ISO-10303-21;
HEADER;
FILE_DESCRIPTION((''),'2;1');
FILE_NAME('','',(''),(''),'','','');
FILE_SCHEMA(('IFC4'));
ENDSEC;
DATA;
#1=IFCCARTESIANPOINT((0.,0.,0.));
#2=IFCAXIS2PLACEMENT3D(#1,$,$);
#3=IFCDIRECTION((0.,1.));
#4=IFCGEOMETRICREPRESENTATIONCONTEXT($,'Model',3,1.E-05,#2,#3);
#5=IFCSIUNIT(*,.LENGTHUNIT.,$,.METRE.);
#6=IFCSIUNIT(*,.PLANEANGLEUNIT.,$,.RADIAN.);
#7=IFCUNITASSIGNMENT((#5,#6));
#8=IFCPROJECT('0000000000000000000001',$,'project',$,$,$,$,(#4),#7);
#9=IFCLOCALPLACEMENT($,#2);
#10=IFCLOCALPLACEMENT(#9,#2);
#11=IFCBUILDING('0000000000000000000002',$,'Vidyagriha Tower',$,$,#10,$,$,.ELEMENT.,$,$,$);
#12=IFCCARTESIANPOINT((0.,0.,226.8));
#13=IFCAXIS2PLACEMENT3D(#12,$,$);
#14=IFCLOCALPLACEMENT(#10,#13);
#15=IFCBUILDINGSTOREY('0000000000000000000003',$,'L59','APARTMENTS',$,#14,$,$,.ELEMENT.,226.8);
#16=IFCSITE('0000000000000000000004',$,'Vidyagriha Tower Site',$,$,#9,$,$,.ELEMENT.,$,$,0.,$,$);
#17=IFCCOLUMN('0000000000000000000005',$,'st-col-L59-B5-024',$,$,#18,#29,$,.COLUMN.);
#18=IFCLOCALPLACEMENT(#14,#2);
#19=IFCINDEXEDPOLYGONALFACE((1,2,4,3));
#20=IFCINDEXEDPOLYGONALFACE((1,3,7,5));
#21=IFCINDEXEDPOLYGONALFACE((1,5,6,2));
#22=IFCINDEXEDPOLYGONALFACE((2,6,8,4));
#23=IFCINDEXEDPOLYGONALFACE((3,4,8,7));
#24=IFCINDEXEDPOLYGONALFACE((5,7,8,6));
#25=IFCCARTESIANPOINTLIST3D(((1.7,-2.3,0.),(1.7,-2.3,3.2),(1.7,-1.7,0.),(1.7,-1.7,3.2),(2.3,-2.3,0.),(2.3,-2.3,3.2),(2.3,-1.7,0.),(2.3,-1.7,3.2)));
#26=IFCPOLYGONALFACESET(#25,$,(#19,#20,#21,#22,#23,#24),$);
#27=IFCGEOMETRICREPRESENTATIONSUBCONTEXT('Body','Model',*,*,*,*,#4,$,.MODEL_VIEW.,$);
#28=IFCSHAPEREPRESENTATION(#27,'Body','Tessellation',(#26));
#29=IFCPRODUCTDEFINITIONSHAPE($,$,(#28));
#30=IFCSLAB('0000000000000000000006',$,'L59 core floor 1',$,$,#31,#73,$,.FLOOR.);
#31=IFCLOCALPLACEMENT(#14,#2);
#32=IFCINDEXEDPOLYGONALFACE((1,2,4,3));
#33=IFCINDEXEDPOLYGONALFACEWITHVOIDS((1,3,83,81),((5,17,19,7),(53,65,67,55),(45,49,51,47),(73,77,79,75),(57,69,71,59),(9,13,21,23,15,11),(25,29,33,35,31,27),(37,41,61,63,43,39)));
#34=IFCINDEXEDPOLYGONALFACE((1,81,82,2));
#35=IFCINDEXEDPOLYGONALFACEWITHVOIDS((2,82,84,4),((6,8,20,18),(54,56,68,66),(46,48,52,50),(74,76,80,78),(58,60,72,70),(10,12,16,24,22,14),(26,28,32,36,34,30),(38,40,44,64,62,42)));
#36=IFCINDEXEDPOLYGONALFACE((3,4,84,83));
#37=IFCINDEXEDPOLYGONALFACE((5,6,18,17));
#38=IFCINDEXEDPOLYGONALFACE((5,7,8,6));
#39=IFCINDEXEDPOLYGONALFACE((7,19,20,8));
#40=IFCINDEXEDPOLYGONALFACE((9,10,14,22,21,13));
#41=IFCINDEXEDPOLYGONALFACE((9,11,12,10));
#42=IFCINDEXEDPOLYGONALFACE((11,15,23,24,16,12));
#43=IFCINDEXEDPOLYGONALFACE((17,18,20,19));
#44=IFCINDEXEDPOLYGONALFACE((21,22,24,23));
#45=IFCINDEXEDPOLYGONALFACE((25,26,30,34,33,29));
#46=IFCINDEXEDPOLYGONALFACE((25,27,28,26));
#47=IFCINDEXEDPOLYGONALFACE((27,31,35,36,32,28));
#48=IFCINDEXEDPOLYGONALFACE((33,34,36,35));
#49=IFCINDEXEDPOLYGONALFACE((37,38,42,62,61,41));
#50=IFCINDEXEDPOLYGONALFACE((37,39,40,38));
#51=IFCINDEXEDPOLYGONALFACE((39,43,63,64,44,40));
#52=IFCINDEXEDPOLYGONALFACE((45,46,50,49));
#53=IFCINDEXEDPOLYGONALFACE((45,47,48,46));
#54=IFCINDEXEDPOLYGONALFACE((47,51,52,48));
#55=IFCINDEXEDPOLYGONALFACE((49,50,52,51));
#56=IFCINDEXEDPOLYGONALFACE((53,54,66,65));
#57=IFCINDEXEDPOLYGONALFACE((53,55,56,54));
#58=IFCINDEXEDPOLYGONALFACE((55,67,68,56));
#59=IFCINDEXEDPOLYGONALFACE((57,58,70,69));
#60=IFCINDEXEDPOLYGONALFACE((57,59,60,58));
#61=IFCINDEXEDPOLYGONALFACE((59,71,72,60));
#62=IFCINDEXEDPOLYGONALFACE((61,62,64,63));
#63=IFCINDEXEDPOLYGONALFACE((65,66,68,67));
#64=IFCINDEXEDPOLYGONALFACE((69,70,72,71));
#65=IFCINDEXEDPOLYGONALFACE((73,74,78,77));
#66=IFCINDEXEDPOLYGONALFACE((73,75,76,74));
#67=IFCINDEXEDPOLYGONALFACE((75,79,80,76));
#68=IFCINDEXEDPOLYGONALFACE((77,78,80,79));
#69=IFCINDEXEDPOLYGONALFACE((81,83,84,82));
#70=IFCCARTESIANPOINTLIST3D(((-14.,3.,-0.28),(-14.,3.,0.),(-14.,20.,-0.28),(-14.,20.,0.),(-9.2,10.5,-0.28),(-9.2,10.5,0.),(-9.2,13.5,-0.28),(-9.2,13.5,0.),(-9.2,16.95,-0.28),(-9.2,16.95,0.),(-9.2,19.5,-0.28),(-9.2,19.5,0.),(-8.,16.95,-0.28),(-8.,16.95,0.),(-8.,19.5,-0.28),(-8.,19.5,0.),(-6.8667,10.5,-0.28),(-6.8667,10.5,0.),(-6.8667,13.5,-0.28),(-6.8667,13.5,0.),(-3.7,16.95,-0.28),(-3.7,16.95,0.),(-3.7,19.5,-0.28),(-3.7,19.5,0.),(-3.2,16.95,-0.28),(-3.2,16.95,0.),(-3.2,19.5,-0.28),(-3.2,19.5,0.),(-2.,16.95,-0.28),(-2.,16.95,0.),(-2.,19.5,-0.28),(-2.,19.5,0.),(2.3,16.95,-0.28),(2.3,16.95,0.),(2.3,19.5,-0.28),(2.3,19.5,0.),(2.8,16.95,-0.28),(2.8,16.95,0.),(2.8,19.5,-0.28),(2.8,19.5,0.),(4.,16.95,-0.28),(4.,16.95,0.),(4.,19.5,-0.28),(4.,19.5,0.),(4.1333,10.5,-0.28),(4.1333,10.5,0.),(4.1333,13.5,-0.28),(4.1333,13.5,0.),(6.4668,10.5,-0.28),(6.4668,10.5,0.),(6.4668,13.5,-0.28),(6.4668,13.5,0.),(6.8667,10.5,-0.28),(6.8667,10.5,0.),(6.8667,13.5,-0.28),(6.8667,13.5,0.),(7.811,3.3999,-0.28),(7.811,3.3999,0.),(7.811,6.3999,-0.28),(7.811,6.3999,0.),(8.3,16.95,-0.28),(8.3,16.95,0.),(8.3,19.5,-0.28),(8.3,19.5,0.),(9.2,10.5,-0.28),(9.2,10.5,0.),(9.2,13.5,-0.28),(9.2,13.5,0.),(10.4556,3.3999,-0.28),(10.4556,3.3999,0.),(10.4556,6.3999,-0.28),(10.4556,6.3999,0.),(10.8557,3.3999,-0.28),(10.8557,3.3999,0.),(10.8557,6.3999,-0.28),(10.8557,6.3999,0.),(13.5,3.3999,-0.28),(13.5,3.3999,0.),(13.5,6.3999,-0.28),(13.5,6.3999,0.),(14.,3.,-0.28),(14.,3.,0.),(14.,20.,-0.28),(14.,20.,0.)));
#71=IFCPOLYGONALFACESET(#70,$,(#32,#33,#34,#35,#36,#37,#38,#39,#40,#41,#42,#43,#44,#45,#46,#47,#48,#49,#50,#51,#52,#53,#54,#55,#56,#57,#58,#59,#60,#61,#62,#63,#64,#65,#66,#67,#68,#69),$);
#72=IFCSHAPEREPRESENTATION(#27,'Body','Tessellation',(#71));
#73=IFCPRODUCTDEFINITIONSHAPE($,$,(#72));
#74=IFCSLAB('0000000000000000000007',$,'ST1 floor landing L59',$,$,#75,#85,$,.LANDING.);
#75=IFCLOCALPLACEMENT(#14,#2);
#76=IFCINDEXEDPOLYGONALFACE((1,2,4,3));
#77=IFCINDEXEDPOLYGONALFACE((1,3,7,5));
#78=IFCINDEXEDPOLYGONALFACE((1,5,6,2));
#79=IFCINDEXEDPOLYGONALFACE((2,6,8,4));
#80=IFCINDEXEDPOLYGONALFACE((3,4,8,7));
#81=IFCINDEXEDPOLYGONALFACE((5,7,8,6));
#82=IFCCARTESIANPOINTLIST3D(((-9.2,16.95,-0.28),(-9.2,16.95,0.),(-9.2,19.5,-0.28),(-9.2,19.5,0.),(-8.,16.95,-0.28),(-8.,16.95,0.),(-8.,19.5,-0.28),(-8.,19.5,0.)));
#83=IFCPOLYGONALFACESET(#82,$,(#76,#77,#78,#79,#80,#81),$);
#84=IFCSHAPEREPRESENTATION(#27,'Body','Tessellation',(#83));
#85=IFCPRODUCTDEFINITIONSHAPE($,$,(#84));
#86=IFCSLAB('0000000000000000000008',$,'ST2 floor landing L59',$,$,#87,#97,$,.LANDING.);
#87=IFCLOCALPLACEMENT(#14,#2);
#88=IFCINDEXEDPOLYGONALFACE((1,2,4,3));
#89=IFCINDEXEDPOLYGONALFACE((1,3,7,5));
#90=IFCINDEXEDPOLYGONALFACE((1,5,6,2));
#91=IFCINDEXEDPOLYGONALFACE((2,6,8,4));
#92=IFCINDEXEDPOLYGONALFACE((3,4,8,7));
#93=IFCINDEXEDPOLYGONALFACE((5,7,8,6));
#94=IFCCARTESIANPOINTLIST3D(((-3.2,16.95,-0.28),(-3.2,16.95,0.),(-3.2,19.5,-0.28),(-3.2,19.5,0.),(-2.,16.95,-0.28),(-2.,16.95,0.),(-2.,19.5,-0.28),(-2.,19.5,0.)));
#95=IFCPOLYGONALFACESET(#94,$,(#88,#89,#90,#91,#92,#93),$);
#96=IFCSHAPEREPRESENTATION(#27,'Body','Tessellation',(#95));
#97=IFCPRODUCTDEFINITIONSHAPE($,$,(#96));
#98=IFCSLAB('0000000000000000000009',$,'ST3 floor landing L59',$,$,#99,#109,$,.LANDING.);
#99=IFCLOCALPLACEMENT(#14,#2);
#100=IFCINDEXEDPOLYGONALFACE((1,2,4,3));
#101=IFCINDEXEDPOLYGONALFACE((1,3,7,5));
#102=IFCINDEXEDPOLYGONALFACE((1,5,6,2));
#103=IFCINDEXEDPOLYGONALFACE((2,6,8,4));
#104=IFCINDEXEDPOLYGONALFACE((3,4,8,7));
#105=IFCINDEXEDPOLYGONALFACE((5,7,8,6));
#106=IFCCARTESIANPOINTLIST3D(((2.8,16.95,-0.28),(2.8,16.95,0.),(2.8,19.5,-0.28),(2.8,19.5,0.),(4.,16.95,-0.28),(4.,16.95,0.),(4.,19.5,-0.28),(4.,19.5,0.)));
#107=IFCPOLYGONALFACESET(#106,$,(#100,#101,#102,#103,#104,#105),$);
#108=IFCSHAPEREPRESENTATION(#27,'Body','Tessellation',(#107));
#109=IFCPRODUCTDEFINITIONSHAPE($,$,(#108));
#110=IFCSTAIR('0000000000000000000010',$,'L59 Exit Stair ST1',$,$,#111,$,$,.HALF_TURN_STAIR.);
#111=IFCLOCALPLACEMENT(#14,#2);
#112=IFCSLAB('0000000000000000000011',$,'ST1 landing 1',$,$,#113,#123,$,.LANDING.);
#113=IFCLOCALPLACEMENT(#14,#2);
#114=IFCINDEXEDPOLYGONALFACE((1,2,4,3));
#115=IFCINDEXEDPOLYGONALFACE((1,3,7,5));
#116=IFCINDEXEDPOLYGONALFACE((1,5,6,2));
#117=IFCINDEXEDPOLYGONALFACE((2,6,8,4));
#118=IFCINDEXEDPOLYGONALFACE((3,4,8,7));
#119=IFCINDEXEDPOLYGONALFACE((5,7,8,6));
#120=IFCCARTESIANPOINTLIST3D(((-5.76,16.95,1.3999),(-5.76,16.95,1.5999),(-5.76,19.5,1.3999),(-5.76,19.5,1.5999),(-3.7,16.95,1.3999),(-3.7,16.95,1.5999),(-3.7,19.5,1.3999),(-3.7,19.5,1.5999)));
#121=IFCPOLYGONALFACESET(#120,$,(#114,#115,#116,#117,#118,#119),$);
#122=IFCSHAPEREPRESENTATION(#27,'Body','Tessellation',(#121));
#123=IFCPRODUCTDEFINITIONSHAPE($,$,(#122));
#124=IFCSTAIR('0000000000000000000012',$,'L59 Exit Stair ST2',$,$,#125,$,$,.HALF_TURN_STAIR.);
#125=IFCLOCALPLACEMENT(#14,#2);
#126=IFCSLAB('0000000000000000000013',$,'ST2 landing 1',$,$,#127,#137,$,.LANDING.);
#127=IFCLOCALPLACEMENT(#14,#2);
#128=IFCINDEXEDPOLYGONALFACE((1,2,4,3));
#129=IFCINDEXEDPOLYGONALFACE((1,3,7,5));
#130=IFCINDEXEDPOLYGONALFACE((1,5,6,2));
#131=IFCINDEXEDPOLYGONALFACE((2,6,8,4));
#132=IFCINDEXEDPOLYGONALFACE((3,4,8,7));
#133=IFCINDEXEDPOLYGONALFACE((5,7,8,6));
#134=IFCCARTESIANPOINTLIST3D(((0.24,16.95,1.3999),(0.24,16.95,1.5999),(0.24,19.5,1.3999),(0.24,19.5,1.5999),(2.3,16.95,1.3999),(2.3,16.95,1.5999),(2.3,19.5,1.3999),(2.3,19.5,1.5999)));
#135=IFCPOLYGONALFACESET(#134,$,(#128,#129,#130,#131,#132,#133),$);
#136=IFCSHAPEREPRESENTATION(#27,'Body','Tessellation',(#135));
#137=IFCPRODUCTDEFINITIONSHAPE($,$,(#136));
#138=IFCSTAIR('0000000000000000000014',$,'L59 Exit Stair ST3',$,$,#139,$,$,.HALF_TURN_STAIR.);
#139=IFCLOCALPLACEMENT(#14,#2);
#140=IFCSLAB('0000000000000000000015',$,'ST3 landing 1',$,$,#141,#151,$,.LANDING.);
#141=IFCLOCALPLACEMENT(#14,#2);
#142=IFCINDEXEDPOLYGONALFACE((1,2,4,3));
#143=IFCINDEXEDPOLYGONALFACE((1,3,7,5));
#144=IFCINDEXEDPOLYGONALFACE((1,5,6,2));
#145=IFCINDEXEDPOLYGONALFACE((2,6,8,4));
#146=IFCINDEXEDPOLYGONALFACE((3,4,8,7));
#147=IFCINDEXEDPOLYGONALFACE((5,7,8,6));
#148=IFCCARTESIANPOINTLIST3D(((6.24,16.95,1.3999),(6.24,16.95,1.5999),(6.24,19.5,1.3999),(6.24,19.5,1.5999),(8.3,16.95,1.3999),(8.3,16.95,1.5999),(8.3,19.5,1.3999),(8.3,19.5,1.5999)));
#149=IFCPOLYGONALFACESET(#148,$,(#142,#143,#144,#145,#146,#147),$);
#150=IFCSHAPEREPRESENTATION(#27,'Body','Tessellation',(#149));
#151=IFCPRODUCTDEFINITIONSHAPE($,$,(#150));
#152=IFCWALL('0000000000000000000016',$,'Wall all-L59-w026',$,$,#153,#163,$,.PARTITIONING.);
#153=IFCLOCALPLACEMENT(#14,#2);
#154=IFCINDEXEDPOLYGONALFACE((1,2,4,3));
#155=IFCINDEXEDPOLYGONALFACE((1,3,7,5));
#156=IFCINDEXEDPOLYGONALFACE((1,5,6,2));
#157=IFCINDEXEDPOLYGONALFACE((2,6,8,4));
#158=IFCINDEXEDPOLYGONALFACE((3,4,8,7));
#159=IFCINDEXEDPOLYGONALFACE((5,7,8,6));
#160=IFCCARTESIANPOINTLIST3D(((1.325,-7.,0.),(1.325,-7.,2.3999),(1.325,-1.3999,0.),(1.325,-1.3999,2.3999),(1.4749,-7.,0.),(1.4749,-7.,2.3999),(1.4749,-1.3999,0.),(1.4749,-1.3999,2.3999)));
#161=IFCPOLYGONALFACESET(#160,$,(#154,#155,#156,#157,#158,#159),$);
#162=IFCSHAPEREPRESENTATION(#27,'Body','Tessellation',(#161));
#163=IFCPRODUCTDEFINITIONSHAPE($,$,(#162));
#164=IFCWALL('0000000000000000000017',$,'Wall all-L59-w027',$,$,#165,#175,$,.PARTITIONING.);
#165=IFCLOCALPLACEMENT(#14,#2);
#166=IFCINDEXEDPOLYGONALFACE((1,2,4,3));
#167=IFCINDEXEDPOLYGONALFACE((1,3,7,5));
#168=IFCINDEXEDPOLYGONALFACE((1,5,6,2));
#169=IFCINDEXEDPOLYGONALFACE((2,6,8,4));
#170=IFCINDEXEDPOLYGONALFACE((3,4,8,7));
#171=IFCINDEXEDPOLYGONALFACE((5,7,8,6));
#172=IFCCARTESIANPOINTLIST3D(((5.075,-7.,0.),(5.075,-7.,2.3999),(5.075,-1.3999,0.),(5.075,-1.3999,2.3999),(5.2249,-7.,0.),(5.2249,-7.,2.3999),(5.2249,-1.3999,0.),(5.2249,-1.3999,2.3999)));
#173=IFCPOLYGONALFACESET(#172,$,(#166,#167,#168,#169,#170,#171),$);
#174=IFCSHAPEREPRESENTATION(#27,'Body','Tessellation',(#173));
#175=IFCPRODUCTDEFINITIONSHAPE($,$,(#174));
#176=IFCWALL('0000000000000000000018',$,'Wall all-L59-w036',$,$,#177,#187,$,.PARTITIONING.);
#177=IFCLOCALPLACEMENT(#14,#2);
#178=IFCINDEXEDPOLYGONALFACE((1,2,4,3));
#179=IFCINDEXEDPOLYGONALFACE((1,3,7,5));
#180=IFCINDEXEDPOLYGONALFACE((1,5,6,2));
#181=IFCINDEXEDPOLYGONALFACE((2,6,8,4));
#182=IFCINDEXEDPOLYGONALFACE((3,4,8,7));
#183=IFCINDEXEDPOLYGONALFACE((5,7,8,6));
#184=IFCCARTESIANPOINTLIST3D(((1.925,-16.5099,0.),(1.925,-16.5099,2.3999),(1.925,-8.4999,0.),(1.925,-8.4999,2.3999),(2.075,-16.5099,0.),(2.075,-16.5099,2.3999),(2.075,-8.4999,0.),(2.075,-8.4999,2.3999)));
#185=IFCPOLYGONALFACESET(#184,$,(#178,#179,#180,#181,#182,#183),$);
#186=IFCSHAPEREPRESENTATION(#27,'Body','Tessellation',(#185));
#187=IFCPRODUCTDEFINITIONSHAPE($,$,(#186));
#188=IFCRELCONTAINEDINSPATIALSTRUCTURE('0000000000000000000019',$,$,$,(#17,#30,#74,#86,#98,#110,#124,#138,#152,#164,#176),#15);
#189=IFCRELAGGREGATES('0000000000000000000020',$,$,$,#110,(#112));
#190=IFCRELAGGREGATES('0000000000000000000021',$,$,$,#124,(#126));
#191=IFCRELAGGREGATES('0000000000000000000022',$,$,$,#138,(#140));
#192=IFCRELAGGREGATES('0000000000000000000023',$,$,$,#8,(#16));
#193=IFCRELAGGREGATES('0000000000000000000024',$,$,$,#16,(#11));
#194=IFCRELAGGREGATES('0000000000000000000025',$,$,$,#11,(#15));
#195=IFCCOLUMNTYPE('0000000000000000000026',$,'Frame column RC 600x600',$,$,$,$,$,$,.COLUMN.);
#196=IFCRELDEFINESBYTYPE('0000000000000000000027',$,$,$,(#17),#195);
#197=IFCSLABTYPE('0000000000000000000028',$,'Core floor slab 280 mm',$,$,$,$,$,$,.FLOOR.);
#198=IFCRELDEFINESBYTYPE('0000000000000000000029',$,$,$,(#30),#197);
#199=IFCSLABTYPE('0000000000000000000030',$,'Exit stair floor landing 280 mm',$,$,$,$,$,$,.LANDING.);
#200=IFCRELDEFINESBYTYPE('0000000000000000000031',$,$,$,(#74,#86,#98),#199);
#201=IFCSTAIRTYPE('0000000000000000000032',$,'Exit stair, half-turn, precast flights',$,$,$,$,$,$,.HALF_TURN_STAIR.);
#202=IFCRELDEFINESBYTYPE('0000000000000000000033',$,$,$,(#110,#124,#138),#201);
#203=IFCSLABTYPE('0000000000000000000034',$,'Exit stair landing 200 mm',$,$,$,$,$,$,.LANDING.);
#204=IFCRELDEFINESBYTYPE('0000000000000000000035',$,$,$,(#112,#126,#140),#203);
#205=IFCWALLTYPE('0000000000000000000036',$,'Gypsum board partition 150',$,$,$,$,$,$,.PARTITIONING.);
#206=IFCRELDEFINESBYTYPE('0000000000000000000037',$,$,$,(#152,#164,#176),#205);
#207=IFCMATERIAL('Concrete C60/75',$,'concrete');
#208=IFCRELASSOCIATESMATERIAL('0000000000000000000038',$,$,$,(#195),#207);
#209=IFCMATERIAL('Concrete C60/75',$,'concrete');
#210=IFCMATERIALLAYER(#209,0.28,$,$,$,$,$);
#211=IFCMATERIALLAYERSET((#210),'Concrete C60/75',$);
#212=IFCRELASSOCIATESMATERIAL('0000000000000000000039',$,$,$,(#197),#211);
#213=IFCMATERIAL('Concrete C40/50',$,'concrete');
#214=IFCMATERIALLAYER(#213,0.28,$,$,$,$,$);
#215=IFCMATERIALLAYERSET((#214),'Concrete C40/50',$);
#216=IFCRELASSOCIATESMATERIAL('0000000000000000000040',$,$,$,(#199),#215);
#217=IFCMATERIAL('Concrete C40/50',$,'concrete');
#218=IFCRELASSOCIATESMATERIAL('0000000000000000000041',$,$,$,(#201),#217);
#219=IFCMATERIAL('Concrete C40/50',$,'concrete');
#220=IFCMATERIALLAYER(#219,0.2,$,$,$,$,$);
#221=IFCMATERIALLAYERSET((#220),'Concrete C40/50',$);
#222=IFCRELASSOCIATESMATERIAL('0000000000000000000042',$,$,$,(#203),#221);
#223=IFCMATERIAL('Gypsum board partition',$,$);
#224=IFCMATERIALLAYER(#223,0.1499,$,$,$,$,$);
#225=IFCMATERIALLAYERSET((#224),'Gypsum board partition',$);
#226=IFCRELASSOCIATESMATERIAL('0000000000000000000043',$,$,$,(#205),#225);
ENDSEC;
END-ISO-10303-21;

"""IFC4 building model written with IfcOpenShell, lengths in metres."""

from ifc_helpers import new_model, si_unit, direction, frame, frame_2d, origin, origin_2d, place, context, subcontext, project, spatial, polyline, rectangle, outline, extrude, material, layer, layer_set, material_profile, profile_set, type_object, element, aggregate, save


model = new_model("IFC4")

# Units and contexts
model_context = context("Model", 3, precision=1e-05, world=origin(), true_north=direction((0.0, 1.0)))
body_context = subcontext(model_context, "Body", "Model", "MODEL_VIEW")
ifc_project = project(units=[si_unit("LENGTHUNIT", "METRE"), si_unit("PLANEANGLEUNIT", "RADIAN")], contexts=[model_context])

# Site, building, storey
site_placement = place(None, origin())
site = spatial("IfcSite", under=ifc_project, at=site_placement, Name="Vidyagriha Tower Site", CompositionType="ELEMENT", RefElevation=0.0)
building_placement = place(site_placement, origin())
building = spatial("IfcBuilding", under=site, at=building_placement, Name="Vidyagriha Tower", CompositionType="ELEMENT")
storey_placement = place(building_placement, frame((0.0, 0.0, 226.8)))
storey = spatial("IfcBuildingStorey", under=building, at=storey_placement, Name="L59", Description="APARTMENTS", CompositionType="ELEMENT", Elevation=226.8)

# Column
ifc_material_1 = material(Name="Concrete C60/75", Category="concrete")
ifc_material_profile = material_profile(ifc_material_1, rectangle(XDim=0.6001, YDim=0.6001, at=origin_2d()), Name="RC 600x600")
ifc_profile_set = profile_set([ifc_material_profile], Name="Concrete C60/75")
column_type = type_object("IfcColumnType", Name="Frame column RC 600x600", PredefinedType="COLUMN", material=ifc_profile_set)
column_placement = place(storey_placement, frame((2.0, -2.0, 0.0)))
element("IfcColumn", 1, at=column_placement, inside=storey, type_object=column_type, Name="st-col-L59-B5-024", PredefinedType="COLUMN", context=body_context, shape_type="SweptSolid", body=[
    extrude(rectangle(XDim=0.6001, YDim=0.6001, at=origin_2d()), origin(), (0.0, 0.0, 1.0), 3.2),
])

# Slabs
ifc_material_2 = material(Name="Concrete C60/75", Category="concrete")
ifc_layer_1 = layer(ifc_material_2, 0.28)
ifc_layer_set_1 = layer_set([ifc_layer_1], Name="Concrete C60/75")
slab_type_1 = type_object("IfcSlabType", Name="Core floor slab 280 mm", PredefinedType="FLOOR", material=ifc_layer_set_1)
slab_1_placement = place(storey_placement, frame((0.0, 0.0, -0.28)))
element("IfcSlab", 2, at=slab_1_placement, inside=storey, type_object=slab_type_1, Name="L59 core floor 1", PredefinedType="FLOOR", context=body_context, shape_type="SweptSolid", body=[
    extrude(outline(polyline([(-14.0, 3.0), (-14.0, 20.0), (14.0, 20.0), (14.0, 3.0), (-14.0, 3.0)]), holes=[polyline([(13.5, 6.3999), (10.8557, 6.3999), (10.8557, 3.3999), (13.5, 3.3999), (13.5, 6.3999)]), polyline([(10.4556, 6.3999), (7.811, 6.3999), (7.811, 3.3999), (10.4556, 3.3999), (10.4556, 6.3999)]), polyline([(9.2, 13.5), (6.8667, 13.5), (6.8667, 10.5), (9.2, 10.5), (9.2, 13.5)]), polyline([(2.8, 19.5), (2.8, 16.95), (4.0, 16.95), (8.3, 16.95), (8.3, 19.5), (4.0, 19.5), (2.8, 19.5)]), polyline([(4.1333, 13.5), (4.1333, 10.5), (6.4668, 10.5), (6.4668, 13.5), (4.1333, 13.5)]), polyline([(-2.0, 19.5), (-3.2, 19.5), (-3.2, 16.95), (-2.0, 16.95), (2.3, 16.95), (2.3, 19.5), (-2.0, 19.5)]), polyline([(-9.2, 19.5), (-9.2, 16.95), (-8.0, 16.95), (-3.7, 16.95), (-3.7, 19.5), (-8.0, 19.5), (-9.2, 19.5)]), polyline([(-9.2, 13.5), (-9.2, 10.5), (-6.8667, 10.5), (-6.8667, 13.5), (-9.2, 13.5)])]), origin(), (0.0, 0.0, 1.0), 0.28),
])
ifc_material_3 = material(Name="Concrete C40/50", Category="concrete")
ifc_layer_2 = layer(ifc_material_3, 0.28)
ifc_layer_set_2 = layer_set([ifc_layer_2], Name="Concrete C40/50")
slab_type_2 = type_object("IfcSlabType", Name="Exit stair floor landing 280 mm", PredefinedType="LANDING", material=ifc_layer_set_2)
slab_2_placement = place(storey_placement, frame((0.0, 0.0, -0.28)))
element("IfcSlab", 3, at=slab_2_placement, inside=storey, type_object=slab_type_2, Name="ST1 floor landing L59", PredefinedType="LANDING", context=body_context, shape_type="SweptSolid", body=[
    extrude(outline(polyline([(-9.2, 16.95), (-8.0, 16.95), (-8.0, 19.5), (-9.2, 19.5), (-9.2, 16.95)])), origin(), (0.0, 0.0, 1.0), 0.28),
])
slab_3_placement = place(storey_placement, frame((0.0, 0.0, -0.28)))
element("IfcSlab", 4, at=slab_3_placement, inside=storey, type_object=slab_type_2, Name="ST2 floor landing L59", PredefinedType="LANDING", context=body_context, shape_type="SweptSolid", body=[
    extrude(outline(polyline([(-3.2, 16.95), (-2.0, 16.95), (-2.0, 19.5), (-3.2, 19.5), (-3.2, 16.95)])), origin(), (0.0, 0.0, 1.0), 0.28),
])
slab_4_placement = place(storey_placement, frame((0.0, 0.0, -0.28)))
element("IfcSlab", 5, at=slab_4_placement, inside=storey, type_object=slab_type_2, Name="ST3 floor landing L59", PredefinedType="LANDING", context=body_context, shape_type="SweptSolid", body=[
    extrude(outline(polyline([(2.8, 16.95), (4.0, 16.95), (4.0, 19.5), (2.8, 19.5), (2.8, 16.95)])), origin(), (0.0, 0.0, 1.0), 0.28),
])

# Stairs, slabs
ifc_material_4 = material(Name="Concrete C40/50", Category="concrete")
stair_type = type_object("IfcStairType", Name="Exit stair, half-turn, precast flights", PredefinedType="HALF_TURN_STAIR", material=ifc_material_4)
stair_1_placement = place(storey_placement, origin())
stair_1 = element("IfcStair", 6, at=stair_1_placement, inside=storey, type_object=stair_type, Name="L59 Exit Stair ST1", PredefinedType="HALF_TURN_STAIR")
ifc_material_5 = material(Name="Concrete C40/50", Category="concrete")
ifc_layer_3 = layer(ifc_material_5, 0.2)
ifc_layer_set_3 = layer_set([ifc_layer_3], Name="Concrete C40/50")
slab_type_3 = type_object("IfcSlabType", Name="Exit stair landing 200 mm", PredefinedType="LANDING", material=ifc_layer_set_3)
slab_5_placement = place(storey_placement, frame((0.0, 0.0, 1.3999)))
slab_5 = element("IfcSlab", 7, at=slab_5_placement, type_object=slab_type_3, Name="ST1 landing 1", PredefinedType="LANDING", context=body_context, shape_type="SweptSolid", body=[
    extrude(outline(polyline([(-5.76, 16.95), (-3.7, 16.95), (-3.7, 19.5), (-5.76, 19.5), (-5.76, 16.95)])), origin(), (0.0, 0.0, 1.0), 0.2),
])
aggregate(stair_1, [slab_5])
stair_2_placement = place(storey_placement, origin())
stair_2 = element("IfcStair", 8, at=stair_2_placement, inside=storey, type_object=stair_type, Name="L59 Exit Stair ST2", PredefinedType="HALF_TURN_STAIR")
slab_6_placement = place(storey_placement, frame((0.0, 0.0, 1.3999)))
slab_6 = element("IfcSlab", 9, at=slab_6_placement, type_object=slab_type_3, Name="ST2 landing 1", PredefinedType="LANDING", context=body_context, shape_type="SweptSolid", body=[
    extrude(outline(polyline([(0.24, 16.95), (2.3, 16.95), (2.3, 19.5), (0.24, 19.5), (0.24, 16.95)])), origin(), (0.0, 0.0, 1.0), 0.2),
])
aggregate(stair_2, [slab_6])
stair_3_placement = place(storey_placement, origin())
stair_3 = element("IfcStair", 10, at=stair_3_placement, inside=storey, type_object=stair_type, Name="L59 Exit Stair ST3", PredefinedType="HALF_TURN_STAIR")
slab_7_placement = place(storey_placement, frame((0.0, 0.0, 1.3999)))
slab_7 = element("IfcSlab", 11, at=slab_7_placement, type_object=slab_type_3, Name="ST3 landing 1", PredefinedType="LANDING", context=body_context, shape_type="SweptSolid", body=[
    extrude(outline(polyline([(6.24, 16.95), (8.3, 16.95), (8.3, 19.5), (6.24, 19.5), (6.24, 16.95)])), origin(), (0.0, 0.0, 1.0), 0.2),
])
aggregate(stair_3, [slab_7])

# Walls
ifc_material_6 = material(Name="Gypsum board partition")
ifc_layer_4 = layer(ifc_material_6, 0.1499)
ifc_layer_set_4 = layer_set([ifc_layer_4], Name="Gypsum board partition")
wall_type = type_object("IfcWallType", Name="Gypsum board partition 150", PredefinedType="PARTITIONING", material=ifc_layer_set_4)
for number, where, z_axis, x_axis, name in (
    (12, (1.3999, -1.3999, 0.0), (0.0, 0.0, 1.0), (0.0, -1.0, 0.0), "Wall all-L59-w026"),
    (13, (5.1499, -1.3999, 0.0), (0.0, 0.0, 1.0), (0.0, -1.0, 0.0), "Wall all-L59-w027"),
):
    element("IfcWall", number, at=place(storey_placement, frame(where, z_axis=z_axis, x_axis=x_axis)), inside=storey, type_object=wall_type, Name=name, PredefinedType="PARTITIONING", context=body_context, shape_type="SweptSolid", body=[
        extrude(rectangle(XDim=5.6001, YDim=0.1499, at=frame_2d((2.8, 0.0))), origin(), (0.0, 0.0, 1.0), 2.3999),
    ])
wall_placement = place(storey_placement, frame((2.0, -8.5, 0.0), z_axis=(0.0, 0.0, 1.0), x_axis=(0.0, -1.0, 0.0)))
element("IfcWall", 14, at=wall_placement, inside=storey, type_object=wall_type, Name="Wall all-L59-w036", PredefinedType="PARTITIONING", context=body_context, shape_type="SweptSolid", body=[
    extrude(rectangle(XDim=8.01, YDim=0.1499, at=frame_2d((4.0049, 0.0))), origin(), (0.0, 0.0, 1.0), 2.3999),
])

save(model, "model.ifc")
